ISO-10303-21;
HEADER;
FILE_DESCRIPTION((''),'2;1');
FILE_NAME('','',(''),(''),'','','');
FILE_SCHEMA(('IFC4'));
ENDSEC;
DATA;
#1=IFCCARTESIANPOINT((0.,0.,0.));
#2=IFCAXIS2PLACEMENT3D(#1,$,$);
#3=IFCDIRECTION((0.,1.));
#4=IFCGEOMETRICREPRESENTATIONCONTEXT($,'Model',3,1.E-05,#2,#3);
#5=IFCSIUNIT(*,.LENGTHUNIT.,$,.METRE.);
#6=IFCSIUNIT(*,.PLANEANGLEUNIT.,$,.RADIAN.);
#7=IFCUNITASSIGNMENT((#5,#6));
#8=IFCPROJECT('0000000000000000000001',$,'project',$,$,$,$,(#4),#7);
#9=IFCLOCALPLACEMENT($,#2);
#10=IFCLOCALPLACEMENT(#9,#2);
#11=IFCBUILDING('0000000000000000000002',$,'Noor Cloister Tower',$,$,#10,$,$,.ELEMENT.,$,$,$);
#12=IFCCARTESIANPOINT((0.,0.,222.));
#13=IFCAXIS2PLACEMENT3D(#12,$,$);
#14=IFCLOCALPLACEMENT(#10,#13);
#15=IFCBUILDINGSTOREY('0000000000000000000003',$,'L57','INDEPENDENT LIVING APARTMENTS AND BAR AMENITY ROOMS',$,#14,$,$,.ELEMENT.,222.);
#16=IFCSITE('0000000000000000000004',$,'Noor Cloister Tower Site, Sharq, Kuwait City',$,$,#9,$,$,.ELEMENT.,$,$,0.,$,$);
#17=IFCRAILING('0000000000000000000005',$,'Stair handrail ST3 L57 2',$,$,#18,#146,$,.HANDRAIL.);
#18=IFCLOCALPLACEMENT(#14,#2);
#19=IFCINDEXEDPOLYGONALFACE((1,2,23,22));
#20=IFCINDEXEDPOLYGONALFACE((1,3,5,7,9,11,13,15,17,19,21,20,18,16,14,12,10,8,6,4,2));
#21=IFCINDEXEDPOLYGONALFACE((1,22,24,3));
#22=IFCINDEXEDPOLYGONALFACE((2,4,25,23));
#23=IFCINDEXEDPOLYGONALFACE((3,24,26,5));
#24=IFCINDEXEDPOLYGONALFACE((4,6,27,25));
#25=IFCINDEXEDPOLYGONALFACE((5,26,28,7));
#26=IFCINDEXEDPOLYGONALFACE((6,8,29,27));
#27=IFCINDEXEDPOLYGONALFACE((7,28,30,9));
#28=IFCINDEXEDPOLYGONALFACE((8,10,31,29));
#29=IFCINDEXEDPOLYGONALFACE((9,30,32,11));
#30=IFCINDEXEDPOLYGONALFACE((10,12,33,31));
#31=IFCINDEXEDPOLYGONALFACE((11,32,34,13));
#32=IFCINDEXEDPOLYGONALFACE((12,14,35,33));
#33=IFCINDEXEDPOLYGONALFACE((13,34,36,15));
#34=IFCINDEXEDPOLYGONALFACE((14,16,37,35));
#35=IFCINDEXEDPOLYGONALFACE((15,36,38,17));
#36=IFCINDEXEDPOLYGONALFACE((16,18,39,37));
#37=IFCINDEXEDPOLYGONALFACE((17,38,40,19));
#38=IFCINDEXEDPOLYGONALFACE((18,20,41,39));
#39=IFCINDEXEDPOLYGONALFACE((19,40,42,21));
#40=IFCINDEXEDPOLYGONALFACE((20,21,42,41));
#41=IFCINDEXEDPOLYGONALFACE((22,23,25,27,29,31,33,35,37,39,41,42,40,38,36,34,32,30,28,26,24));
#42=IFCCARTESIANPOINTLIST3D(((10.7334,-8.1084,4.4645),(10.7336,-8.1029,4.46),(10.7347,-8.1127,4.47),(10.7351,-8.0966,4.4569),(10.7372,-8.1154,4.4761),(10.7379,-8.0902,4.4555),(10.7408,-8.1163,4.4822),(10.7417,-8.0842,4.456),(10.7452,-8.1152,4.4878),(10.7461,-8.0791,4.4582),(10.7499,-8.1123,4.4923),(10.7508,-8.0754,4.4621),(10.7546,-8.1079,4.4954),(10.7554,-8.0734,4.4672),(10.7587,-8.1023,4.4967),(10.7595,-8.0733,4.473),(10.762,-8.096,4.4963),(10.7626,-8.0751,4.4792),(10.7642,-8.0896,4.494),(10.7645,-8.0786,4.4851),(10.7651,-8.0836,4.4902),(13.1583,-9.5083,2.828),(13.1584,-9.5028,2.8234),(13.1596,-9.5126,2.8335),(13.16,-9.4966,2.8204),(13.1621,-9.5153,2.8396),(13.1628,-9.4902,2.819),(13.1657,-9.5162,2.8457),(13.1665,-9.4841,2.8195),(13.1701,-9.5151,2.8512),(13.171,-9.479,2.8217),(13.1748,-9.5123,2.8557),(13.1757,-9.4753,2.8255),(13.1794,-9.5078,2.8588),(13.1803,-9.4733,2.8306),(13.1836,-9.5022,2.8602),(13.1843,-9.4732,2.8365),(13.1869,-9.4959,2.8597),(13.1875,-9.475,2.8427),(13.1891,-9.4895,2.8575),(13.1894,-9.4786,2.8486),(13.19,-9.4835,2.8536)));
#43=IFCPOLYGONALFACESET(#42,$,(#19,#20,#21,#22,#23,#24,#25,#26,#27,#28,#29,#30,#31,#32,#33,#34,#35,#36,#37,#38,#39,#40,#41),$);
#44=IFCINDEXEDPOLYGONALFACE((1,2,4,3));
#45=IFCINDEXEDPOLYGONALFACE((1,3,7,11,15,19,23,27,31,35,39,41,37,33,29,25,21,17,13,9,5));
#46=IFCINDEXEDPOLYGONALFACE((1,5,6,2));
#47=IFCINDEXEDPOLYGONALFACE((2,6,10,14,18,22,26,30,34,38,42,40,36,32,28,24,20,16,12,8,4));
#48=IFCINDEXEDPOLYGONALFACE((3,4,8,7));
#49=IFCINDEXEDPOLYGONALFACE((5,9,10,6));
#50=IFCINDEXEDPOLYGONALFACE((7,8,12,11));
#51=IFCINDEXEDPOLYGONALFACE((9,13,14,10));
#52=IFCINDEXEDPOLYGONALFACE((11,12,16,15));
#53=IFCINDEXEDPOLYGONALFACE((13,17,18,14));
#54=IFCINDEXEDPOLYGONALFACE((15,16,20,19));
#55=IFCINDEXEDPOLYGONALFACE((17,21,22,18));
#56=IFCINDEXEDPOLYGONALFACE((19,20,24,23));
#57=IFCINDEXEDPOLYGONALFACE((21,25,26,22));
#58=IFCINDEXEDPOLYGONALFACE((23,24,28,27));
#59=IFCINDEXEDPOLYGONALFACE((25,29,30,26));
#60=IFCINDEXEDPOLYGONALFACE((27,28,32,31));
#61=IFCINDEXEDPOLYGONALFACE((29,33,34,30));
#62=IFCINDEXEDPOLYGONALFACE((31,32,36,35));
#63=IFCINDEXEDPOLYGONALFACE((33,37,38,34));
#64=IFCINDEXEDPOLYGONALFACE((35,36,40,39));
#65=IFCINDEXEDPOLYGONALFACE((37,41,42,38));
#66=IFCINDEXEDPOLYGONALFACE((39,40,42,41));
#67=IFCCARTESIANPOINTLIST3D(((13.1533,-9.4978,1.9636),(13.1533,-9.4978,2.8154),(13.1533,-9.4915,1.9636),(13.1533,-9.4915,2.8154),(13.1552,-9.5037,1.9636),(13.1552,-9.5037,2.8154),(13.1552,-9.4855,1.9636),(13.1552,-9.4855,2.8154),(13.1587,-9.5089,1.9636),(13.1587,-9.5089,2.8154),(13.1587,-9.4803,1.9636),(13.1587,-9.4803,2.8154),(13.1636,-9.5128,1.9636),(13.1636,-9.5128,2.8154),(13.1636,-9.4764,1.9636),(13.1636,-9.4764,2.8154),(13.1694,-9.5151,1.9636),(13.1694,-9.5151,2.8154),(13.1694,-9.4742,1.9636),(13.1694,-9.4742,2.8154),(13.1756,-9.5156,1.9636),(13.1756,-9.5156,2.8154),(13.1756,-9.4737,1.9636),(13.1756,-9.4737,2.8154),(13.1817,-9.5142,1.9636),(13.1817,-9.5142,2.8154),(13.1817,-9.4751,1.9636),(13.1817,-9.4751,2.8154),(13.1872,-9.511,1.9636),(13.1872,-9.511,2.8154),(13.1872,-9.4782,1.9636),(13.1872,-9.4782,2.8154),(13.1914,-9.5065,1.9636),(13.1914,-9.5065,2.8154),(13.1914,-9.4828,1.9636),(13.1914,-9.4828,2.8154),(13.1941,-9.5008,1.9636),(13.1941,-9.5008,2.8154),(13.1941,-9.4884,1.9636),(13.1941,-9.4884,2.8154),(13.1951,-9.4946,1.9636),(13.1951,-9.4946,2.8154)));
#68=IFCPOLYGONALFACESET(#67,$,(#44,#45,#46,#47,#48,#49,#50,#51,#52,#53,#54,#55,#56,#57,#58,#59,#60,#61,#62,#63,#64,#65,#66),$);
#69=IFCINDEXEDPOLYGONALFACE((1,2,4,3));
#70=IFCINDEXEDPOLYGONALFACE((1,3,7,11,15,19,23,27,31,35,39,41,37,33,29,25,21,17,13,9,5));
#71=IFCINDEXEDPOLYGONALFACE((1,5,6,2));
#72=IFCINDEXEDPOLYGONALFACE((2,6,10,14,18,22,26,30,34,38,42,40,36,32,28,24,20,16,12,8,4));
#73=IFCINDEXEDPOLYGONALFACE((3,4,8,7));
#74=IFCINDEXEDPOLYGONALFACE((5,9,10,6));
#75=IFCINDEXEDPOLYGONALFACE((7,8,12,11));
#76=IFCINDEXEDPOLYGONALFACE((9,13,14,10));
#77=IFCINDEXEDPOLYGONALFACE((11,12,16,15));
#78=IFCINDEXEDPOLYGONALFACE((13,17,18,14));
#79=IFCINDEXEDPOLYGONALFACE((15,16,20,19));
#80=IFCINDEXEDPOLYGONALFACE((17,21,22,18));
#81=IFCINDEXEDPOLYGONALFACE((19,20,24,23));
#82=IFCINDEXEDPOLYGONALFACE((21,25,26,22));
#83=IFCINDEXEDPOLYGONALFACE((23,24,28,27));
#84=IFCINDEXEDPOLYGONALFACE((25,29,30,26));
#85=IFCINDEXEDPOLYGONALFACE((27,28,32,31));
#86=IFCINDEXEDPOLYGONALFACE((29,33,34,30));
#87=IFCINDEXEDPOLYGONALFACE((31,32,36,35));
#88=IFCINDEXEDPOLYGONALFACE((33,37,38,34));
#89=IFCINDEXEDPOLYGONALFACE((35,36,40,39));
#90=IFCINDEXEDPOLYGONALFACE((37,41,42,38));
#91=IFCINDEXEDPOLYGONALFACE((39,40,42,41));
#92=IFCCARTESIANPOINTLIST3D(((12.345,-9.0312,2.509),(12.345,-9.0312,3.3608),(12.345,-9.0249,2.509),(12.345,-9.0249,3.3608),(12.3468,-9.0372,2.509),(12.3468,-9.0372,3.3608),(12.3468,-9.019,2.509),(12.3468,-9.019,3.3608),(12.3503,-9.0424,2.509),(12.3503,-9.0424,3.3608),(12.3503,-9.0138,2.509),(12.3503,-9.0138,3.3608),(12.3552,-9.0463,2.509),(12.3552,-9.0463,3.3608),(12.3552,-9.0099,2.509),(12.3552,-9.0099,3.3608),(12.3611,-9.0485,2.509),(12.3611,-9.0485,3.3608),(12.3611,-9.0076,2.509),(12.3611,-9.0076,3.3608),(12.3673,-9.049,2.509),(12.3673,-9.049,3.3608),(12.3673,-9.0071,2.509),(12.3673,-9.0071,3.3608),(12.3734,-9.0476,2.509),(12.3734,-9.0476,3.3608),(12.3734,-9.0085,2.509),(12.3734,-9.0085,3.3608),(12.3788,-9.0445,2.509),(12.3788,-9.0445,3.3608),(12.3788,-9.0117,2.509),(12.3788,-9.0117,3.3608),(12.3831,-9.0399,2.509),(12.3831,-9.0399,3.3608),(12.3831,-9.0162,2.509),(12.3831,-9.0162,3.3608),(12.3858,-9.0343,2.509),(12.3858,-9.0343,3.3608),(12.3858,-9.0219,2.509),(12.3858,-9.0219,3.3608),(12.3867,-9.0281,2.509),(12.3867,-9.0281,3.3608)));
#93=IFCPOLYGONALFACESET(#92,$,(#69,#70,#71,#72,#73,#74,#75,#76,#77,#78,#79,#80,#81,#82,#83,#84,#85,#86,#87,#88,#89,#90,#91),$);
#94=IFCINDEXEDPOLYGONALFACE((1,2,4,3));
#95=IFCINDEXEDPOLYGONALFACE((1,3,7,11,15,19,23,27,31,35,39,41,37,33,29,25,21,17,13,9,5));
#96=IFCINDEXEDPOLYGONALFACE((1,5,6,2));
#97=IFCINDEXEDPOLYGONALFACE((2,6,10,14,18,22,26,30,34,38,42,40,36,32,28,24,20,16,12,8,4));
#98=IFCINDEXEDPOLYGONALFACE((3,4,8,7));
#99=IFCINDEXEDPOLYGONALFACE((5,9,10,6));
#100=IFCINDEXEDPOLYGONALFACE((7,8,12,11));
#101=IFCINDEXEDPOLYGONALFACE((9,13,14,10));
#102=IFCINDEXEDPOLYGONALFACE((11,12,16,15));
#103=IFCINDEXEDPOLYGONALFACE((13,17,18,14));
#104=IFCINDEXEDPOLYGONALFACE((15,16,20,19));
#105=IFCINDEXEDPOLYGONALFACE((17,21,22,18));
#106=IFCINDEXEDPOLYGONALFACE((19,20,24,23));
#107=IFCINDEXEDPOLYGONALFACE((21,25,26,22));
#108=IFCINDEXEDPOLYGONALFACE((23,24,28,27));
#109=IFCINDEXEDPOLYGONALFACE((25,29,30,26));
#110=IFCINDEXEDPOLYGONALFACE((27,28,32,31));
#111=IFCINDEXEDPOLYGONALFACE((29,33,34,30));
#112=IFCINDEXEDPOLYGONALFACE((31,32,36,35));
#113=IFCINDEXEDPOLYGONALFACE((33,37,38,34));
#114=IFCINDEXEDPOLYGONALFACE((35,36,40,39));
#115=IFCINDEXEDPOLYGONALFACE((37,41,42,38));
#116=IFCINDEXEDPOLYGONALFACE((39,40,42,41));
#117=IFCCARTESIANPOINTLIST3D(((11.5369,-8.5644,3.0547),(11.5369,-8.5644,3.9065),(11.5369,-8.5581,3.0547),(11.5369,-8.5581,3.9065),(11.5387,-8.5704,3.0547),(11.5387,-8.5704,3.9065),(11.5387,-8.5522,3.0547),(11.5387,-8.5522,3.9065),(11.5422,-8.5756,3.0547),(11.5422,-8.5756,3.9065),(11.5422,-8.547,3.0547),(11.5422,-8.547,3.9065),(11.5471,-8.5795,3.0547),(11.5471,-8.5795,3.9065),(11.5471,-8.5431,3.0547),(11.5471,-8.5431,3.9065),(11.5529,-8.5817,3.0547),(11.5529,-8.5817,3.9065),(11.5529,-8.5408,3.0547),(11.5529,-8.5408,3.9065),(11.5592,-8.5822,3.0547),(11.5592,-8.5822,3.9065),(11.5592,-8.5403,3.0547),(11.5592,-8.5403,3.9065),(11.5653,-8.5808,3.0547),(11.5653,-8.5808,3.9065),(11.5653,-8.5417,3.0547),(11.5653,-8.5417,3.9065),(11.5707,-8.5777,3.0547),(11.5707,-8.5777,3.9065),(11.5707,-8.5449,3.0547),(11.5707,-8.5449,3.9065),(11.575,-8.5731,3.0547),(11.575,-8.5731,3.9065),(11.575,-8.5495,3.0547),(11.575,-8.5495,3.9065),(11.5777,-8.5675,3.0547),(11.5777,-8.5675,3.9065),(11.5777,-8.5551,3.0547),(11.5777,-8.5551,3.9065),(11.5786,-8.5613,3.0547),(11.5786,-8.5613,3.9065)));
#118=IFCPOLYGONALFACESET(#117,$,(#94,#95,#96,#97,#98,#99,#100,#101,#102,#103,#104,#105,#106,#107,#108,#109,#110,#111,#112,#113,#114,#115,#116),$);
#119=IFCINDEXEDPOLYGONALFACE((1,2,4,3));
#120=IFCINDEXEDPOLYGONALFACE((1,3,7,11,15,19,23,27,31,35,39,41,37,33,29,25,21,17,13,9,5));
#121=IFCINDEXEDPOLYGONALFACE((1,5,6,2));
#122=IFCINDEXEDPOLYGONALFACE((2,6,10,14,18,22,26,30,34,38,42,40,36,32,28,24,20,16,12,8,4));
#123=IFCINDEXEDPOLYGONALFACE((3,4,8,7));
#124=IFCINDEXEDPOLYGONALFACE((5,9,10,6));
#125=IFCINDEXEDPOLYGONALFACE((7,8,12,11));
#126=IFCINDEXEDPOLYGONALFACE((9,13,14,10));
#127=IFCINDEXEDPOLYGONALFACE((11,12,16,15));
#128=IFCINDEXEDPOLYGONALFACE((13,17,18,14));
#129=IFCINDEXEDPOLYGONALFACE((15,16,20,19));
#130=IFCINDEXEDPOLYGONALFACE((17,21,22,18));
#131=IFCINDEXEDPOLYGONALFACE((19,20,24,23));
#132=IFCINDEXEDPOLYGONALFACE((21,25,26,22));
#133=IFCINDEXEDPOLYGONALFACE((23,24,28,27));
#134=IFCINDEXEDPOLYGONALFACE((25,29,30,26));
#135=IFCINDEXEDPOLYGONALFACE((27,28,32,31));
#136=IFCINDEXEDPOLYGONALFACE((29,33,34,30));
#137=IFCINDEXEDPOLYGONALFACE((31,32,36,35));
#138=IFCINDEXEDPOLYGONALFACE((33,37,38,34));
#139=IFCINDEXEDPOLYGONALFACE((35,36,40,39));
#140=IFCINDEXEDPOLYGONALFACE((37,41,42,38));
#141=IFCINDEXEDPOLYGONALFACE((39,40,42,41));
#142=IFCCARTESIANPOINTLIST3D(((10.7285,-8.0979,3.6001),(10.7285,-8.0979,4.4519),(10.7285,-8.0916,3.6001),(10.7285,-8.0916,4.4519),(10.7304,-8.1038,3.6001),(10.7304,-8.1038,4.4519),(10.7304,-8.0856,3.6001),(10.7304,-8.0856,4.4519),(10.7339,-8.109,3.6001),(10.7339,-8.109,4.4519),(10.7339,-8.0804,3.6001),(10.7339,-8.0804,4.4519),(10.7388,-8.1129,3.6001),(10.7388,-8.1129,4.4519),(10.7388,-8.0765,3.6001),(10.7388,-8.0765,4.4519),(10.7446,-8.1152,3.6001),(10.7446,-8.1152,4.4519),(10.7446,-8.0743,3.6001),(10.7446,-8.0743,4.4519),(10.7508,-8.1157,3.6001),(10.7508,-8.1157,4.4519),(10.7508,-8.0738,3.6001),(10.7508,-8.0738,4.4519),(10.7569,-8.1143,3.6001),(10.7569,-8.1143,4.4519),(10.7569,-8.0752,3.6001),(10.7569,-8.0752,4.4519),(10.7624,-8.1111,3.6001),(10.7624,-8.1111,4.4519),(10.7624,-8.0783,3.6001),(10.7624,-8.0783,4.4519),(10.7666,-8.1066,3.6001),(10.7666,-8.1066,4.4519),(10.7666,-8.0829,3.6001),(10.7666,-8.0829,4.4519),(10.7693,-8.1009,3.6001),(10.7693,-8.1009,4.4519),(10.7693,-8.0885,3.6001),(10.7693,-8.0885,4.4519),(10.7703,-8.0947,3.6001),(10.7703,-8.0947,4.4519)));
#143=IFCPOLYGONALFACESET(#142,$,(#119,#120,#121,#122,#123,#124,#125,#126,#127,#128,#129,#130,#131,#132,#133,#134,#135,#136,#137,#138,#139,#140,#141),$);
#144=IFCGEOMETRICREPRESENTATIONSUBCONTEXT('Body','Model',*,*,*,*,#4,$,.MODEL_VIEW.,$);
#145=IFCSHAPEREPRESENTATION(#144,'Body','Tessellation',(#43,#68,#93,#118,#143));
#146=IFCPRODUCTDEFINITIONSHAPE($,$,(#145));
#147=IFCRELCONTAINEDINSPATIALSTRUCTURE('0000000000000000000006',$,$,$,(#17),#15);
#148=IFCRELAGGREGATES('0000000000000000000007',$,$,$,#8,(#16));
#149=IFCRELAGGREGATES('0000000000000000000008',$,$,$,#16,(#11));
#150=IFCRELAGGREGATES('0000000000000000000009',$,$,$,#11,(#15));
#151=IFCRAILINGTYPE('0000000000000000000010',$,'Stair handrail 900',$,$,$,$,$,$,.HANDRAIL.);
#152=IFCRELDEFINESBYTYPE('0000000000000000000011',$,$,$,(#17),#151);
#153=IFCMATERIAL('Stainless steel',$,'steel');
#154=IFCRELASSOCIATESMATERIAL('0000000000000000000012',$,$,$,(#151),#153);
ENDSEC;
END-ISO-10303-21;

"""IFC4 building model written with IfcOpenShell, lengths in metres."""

from ifc_helpers import new_model, si_unit, direction, frame, origin, origin_2d, place, context, subcontext, project, spatial, circle, extrude, material, type_object, element, save


model = new_model("IFC4")

# Units and contexts
model_context = context("Model", 3, precision=1e-05, world=origin(), true_north=direction((0.0, 1.0)))
body_context = subcontext(model_context, "Body", "Model", "MODEL_VIEW")
ifc_project = project(units=[si_unit("LENGTHUNIT", "METRE"), si_unit("PLANEANGLEUNIT", "RADIAN")], contexts=[model_context])

# Site, building, storey
site_placement = place(None, origin())
site = spatial("IfcSite", under=ifc_project, at=site_placement, Name="Noor Cloister Tower Site, Sharq, Kuwait City", CompositionType="ELEMENT", RefElevation=0.0)
building_placement = place(site_placement, origin())
building = spatial("IfcBuilding", under=site, at=building_placement, Name="Noor Cloister Tower", CompositionType="ELEMENT")
storey_placement = place(building_placement, frame((0.0, 0.0, 222.0)))
storey = spatial("IfcBuildingStorey", under=building, at=storey_placement, Name="L57", Description="INDEPENDENT LIVING APARTMENTS AND BAR AMENITY ROOMS", CompositionType="ELEMENT", Elevation=222.0)

# Railing
ifc_material_1 = material(Name="Stainless steel", Category="steel")
railing_type_1 = type_object("IfcRailingType", Name="Stair handrail 900", PredefinedType="HANDRAIL", material=ifc_material_1)
railing_1_placement = place(storey_placement, frame((13.1741, -9.4946, 1.9636)))
element("IfcRailing", 1, at=railing_1_placement, inside=storey, type_object=railing_type_1, Name="Stair handrail ST3 L57 2", PredefinedType="HANDRAIL", context=body_context, shape_type="SweptSolid", body=[
    extrude(circle(Radius=0.0239, at=origin_2d()), frame((0.0, 0.0, 0.876), z_axis=(-0.74769, 0.431661, 0.504608), x_axis=(-0.499984, -0.866035, 0.0)), (0.0, 0.0, 1.0), 3.2432),
    extrude(circle(Radius=0.021, at=origin_2d()), origin(), (0.0, 0.0, 1.0), 0.8518),
    extrude(circle(Radius=0.021, at=origin_2d()), frame((-0.8083, 0.4666, 0.5454)), (0.0, 0.0, 1.0), 0.8518),
    extrude(circle(Radius=0.021, at=origin_2d()), frame((-1.6165, 0.9333, 1.0911)), (0.0, 0.0, 1.0), 0.8518),
    extrude(circle(Radius=0.021, at=origin_2d()), frame((-2.4248, 1.3999, 1.6365)), (0.0, 0.0, 1.0), 0.8518),
])

save(model, "model.ifc")
